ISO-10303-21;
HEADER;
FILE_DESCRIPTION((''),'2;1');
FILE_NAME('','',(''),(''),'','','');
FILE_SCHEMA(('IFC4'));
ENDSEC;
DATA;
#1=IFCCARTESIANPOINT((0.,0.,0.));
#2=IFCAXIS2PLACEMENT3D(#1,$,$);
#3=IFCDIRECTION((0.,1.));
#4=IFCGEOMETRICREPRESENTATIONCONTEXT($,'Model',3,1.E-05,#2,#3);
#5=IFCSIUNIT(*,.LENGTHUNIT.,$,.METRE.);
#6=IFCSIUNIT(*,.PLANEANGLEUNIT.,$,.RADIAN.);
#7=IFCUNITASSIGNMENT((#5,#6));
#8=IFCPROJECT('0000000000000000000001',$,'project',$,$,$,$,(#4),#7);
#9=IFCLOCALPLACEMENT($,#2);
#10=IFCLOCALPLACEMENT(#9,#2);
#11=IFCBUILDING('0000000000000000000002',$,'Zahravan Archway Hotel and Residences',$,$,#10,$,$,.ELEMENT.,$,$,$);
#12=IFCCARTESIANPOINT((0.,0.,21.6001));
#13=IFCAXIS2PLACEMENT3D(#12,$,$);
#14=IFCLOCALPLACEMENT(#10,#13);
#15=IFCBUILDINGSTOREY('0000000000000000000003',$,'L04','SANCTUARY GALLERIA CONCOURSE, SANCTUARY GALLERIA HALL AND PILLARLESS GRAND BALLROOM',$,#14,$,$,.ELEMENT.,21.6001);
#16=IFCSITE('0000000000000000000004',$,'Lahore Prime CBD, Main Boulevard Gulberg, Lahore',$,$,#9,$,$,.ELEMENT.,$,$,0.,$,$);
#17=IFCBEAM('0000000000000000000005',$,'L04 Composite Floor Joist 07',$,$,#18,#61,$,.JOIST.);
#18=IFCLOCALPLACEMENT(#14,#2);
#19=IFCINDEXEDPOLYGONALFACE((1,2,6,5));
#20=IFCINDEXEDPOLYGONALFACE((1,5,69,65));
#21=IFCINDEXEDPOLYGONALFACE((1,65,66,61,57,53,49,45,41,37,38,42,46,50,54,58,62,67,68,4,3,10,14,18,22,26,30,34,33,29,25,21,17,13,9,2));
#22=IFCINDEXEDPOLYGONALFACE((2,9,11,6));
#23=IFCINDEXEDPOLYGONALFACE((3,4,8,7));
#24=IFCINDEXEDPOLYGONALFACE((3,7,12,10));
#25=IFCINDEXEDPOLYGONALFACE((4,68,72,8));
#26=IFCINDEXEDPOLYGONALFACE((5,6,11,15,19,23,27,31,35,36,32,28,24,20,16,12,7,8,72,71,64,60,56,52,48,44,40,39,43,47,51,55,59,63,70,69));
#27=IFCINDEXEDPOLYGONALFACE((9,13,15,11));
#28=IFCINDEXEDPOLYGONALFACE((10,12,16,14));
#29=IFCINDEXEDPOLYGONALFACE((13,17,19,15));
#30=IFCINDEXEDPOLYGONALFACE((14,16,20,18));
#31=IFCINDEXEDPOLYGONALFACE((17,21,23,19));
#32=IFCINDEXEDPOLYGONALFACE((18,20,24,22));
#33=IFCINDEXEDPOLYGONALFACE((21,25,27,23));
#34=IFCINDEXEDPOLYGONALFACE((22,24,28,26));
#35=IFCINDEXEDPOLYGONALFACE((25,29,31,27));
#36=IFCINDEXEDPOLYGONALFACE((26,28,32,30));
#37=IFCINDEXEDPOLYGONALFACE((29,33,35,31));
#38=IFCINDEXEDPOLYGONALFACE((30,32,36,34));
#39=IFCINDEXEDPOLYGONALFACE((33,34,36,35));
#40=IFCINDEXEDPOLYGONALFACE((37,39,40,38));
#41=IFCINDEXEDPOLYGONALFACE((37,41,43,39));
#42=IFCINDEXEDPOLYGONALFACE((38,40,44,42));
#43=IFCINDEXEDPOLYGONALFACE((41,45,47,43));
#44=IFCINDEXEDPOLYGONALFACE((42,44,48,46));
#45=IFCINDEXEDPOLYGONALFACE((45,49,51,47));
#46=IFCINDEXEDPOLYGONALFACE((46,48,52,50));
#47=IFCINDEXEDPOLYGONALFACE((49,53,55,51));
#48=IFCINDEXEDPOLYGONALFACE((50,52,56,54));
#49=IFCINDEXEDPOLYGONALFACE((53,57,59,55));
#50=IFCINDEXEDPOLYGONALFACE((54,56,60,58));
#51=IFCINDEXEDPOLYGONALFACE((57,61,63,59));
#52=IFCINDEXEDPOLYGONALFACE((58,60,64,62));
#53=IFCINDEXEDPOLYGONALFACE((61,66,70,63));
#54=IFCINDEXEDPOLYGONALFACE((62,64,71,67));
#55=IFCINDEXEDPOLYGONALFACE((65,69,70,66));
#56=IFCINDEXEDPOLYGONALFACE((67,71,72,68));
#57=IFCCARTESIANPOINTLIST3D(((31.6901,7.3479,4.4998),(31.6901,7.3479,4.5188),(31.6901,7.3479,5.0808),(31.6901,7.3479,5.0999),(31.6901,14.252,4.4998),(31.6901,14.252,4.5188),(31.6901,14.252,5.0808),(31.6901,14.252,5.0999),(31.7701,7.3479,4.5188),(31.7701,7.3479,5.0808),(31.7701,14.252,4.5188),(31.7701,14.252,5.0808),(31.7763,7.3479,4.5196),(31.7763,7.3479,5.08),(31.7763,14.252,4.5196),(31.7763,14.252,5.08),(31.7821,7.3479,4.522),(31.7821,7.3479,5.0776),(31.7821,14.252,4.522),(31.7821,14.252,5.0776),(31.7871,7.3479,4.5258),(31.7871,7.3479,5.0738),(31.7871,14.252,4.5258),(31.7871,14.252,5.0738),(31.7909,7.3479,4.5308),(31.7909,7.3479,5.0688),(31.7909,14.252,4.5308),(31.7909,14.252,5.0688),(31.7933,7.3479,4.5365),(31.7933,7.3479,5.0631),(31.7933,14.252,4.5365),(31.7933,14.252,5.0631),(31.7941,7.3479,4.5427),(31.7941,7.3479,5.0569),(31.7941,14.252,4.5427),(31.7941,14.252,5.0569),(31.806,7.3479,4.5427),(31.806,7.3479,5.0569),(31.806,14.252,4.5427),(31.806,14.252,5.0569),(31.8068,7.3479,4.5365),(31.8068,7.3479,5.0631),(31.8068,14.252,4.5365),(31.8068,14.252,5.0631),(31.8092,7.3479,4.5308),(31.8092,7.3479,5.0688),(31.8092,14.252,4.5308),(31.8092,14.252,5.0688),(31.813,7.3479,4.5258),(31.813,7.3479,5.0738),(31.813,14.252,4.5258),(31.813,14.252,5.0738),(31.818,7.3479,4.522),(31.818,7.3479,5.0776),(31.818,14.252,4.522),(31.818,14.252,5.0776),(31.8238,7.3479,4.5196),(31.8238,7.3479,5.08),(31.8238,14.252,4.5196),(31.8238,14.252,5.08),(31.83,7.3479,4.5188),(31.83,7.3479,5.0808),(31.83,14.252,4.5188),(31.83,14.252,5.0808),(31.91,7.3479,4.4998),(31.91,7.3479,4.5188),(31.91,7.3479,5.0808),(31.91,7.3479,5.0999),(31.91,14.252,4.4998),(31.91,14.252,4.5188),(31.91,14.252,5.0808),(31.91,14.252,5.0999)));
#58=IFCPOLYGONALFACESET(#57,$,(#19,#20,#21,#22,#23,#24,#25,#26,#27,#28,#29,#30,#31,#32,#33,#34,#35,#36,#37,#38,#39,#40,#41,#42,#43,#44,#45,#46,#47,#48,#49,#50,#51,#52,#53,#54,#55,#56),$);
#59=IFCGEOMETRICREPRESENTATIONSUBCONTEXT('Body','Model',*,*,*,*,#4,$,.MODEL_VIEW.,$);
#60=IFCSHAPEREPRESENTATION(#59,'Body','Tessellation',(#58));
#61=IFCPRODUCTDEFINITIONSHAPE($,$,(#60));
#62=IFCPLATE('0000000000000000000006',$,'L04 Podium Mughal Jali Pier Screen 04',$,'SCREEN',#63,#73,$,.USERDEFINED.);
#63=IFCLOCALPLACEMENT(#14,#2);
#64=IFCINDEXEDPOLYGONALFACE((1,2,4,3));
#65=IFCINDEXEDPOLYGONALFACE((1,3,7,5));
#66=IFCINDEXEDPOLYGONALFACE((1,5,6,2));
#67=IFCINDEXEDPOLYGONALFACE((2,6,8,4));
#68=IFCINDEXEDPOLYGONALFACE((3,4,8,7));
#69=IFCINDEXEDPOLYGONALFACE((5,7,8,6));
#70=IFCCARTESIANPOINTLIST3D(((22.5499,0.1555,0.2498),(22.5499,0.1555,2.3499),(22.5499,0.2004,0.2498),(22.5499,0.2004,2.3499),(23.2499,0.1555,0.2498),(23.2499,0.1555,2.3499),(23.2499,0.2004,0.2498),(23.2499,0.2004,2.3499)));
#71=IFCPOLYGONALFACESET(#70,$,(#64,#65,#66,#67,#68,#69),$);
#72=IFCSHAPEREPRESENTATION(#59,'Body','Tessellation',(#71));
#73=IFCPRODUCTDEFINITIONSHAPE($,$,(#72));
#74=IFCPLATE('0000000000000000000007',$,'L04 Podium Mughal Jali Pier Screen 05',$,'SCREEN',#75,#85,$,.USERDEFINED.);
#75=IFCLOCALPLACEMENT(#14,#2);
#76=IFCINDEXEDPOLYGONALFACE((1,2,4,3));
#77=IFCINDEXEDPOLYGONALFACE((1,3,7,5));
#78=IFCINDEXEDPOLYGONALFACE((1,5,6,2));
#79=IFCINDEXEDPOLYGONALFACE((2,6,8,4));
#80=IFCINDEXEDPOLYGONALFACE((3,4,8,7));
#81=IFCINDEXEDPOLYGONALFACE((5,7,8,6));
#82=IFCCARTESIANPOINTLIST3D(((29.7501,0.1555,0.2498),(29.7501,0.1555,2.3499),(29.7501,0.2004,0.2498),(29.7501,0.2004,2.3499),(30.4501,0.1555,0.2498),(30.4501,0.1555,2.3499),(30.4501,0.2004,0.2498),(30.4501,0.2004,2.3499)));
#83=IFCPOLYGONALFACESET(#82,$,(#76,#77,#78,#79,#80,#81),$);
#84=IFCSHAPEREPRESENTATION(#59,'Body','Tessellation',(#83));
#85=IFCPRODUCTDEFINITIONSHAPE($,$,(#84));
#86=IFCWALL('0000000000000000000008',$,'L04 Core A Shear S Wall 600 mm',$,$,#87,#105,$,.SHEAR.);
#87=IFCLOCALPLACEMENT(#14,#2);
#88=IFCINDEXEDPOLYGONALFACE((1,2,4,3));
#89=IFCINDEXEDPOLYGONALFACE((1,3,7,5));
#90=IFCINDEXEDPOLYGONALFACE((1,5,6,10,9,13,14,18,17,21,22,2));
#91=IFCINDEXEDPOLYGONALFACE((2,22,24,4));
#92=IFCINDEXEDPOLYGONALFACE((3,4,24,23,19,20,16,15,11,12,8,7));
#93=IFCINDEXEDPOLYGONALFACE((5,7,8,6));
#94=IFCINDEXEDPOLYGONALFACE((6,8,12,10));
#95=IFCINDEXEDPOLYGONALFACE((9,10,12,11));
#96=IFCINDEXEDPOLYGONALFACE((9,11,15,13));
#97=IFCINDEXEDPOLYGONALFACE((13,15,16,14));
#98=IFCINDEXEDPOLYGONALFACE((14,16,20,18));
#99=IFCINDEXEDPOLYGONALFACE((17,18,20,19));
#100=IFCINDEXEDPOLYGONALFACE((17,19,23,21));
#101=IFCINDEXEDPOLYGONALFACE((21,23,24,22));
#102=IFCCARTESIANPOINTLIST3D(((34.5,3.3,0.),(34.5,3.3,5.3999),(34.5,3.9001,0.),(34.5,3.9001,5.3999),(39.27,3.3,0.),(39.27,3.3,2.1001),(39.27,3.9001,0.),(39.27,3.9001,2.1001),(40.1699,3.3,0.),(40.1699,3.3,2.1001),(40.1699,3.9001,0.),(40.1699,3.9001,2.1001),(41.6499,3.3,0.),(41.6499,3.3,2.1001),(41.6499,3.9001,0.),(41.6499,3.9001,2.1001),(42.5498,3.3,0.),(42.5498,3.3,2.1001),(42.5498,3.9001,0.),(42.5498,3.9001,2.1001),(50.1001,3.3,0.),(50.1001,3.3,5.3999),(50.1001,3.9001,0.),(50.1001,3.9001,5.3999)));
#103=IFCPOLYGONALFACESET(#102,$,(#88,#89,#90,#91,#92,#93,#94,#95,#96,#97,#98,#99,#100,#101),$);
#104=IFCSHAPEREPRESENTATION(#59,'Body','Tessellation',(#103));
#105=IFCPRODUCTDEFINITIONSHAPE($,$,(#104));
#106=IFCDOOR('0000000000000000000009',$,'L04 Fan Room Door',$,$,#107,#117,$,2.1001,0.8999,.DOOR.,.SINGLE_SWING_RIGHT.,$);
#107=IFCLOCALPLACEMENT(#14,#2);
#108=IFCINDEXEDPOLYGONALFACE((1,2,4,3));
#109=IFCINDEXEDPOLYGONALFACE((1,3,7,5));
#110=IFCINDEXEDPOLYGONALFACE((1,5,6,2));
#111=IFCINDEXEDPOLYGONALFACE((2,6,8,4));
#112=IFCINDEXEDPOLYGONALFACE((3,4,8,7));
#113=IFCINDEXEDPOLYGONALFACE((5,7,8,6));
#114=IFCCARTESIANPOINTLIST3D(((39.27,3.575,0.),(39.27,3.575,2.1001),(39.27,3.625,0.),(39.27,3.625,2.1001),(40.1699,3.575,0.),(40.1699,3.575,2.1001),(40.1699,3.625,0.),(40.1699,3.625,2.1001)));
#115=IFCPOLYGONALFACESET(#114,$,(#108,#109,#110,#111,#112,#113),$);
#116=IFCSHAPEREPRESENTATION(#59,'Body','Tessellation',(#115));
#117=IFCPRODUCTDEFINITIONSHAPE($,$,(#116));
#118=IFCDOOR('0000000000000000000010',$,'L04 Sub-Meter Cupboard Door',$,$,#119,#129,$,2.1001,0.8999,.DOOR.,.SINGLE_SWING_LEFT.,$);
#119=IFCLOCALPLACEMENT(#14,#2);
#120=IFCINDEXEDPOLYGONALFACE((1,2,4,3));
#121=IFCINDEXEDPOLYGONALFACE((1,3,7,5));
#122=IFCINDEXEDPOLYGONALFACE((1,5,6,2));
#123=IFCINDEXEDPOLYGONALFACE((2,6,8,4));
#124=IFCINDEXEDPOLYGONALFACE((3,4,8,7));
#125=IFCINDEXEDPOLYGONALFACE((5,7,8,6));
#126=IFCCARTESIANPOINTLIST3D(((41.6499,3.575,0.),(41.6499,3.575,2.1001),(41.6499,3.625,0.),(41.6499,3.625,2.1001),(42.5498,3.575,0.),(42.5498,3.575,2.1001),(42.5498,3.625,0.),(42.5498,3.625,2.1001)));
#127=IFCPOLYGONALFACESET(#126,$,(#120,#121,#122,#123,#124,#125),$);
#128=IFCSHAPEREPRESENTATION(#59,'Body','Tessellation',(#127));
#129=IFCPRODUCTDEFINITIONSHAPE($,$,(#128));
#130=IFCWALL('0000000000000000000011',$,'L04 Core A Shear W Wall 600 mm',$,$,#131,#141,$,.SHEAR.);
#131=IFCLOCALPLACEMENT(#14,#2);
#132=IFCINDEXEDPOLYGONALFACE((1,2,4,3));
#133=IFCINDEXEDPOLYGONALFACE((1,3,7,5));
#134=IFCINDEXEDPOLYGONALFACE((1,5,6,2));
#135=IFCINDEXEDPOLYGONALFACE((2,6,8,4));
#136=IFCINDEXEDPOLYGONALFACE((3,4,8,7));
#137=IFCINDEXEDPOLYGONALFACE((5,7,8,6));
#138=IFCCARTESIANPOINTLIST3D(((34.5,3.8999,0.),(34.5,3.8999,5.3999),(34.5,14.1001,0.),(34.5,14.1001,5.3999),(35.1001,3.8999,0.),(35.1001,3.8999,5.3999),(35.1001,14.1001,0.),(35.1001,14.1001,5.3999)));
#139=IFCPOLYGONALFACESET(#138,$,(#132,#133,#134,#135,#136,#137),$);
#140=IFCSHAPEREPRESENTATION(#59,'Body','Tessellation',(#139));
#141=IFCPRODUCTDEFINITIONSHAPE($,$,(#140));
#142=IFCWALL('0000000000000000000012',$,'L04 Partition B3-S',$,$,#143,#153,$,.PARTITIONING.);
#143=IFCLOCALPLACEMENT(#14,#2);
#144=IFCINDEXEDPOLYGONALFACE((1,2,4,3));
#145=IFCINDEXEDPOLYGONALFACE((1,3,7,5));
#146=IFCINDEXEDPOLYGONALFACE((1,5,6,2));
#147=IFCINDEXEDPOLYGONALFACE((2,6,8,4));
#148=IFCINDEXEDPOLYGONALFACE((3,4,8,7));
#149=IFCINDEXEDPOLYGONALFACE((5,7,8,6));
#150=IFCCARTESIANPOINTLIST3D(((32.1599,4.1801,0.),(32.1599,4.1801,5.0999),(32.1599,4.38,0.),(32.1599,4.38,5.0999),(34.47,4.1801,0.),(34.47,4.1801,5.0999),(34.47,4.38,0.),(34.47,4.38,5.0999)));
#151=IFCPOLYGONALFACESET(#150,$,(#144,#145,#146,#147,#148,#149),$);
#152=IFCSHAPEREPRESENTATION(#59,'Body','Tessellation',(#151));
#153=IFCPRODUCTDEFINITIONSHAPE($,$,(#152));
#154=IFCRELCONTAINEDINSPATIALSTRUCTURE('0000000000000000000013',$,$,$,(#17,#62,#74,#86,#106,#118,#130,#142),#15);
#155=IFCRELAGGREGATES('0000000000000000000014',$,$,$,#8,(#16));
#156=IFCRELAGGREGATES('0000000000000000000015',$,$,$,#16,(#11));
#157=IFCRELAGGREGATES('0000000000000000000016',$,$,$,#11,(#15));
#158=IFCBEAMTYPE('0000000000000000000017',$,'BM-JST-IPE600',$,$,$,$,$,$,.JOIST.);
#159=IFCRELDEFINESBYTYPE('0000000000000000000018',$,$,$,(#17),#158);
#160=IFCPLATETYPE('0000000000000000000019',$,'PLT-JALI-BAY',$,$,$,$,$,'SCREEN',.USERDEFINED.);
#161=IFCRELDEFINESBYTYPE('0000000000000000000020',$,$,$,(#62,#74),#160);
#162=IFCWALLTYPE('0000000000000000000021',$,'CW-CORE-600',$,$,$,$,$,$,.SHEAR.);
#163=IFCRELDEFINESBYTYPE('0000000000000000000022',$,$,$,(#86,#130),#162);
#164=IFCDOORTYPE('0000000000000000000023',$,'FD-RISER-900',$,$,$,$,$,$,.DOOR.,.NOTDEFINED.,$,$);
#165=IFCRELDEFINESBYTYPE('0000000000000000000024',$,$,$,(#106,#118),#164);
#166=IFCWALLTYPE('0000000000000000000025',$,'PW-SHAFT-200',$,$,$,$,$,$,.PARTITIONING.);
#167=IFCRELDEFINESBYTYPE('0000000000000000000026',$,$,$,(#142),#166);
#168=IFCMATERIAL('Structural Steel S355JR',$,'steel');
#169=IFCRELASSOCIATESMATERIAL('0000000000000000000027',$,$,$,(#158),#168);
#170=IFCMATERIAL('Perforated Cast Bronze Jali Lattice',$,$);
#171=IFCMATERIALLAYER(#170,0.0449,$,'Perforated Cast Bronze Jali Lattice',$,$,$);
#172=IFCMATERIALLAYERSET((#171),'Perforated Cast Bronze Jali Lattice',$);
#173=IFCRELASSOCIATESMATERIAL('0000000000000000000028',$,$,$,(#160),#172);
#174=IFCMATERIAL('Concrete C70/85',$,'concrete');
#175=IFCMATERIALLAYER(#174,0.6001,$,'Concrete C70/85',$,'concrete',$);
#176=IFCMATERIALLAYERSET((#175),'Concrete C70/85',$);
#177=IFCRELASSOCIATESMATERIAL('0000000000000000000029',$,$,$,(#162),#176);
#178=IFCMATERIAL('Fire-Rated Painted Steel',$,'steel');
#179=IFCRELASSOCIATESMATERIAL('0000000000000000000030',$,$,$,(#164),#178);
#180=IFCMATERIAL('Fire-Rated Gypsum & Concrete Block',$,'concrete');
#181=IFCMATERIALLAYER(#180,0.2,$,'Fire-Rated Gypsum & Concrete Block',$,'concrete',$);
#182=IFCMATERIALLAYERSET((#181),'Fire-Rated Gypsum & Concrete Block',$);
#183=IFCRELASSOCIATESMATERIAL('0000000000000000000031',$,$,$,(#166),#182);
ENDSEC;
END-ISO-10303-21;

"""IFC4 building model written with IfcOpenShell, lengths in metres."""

from ifc_helpers import new_model, si_unit, direction, frame, frame_2d, origin, origin_2d, place, context, subcontext, project, spatial, rectangle, i_section, extrude, source, transform, mapped, material, layer, layer_set, material_profile, profile_set, type_object, type_shapes, element, fill, save


model = new_model("IFC4")

# Units and contexts
model_context = context("Model", 3, precision=1e-05, world=origin(), true_north=direction((0.0, 1.0)))
body_context = subcontext(model_context, "Body", "Model", "MODEL_VIEW")
ifc_project = project(units=[si_unit("LENGTHUNIT", "METRE"), si_unit("PLANEANGLEUNIT", "RADIAN")], contexts=[model_context])

# Site, building, storey
site_placement = place(None, origin())
site = spatial("IfcSite", under=ifc_project, at=site_placement, Name="Lahore Prime CBD, Main Boulevard Gulberg, Lahore", CompositionType="ELEMENT", RefElevation=0.0)
building_placement = place(site_placement, origin())
building = spatial("IfcBuilding", under=site, at=building_placement, Name="Zahravan Archway Hotel and Residences", CompositionType="ELEMENT")
storey_placement = place(building_placement, frame((0.0, 0.0, 21.6001)))
storey = spatial("IfcBuildingStorey", under=building, at=storey_placement, Name="L04", Description="SANCTUARY GALLERIA CONCOURSE, SANCTUARY GALLERIA HALL AND PILLARLESS GRAND BALLROOM", CompositionType="ELEMENT", Elevation=21.6001)

# Shared definitions
ifc_material_1 = material(Name="Concrete C70/85", Category="concrete")

# Beam
ifc_material_2 = material(Name="Structural Steel S355JR", Category="steel")
ifc_material_profile_1 = material_profile(ifc_material_2, i_section(OverallWidth=0.22, OverallDepth=0.6001, WebThickness=0.012, FlangeThickness=0.019, FilletRadius=0.0239, at=origin_2d()), Name="IPE 600", Category="steel")
ifc_profile_set_1 = profile_set([ifc_material_profile_1], Name="Structural Steel S355JR")
beam_type_1 = type_object("IfcBeamType", Name="BM-JST-IPE600", PredefinedType="JOIST", material=ifc_profile_set_1)
shared_shape_1 = source(origin(), body_context, "Body", "SweptSolid", [
    extrude(i_section(OverallWidth=0.22, OverallDepth=0.6001, WebThickness=0.012, FlangeThickness=0.019, FilletRadius=0.0239, at=origin_2d()), origin(), (0.0, 0.0, 1.0), 6.9041),
])
type_shapes(beam_type_1, [shared_shape_1])
for number, where, z_axis, x_axis, name in (
    (1, (31.8, 7.3479, 4.7998), (0.0, 1.0, 0.0), (-1.0, 0.0, 0.0), "L04 Composite Floor Joist 07"),
):
    element("IfcBeam", number, at=place(storey_placement, frame(where, z_axis=z_axis, x_axis=x_axis)), inside=storey, type_object=beam_type_1, Name=name, PredefinedType="JOIST", context=body_context, shape_type="MappedRepresentation", body=[
        mapped(shared_shape_1, transform((0.0, 0.0, 0.0), scale=1.0)),
    ])

# Plates
ifc_material_3 = material(Name="Perforated Cast Bronze Jali Lattice")
ifc_layer_1 = layer(ifc_material_3, 0.0449, Name="Perforated Cast Bronze Jali Lattice")
ifc_layer_set_1 = layer_set([ifc_layer_1], Name="Perforated Cast Bronze Jali Lattice")
plate_type = type_object("IfcPlateType", Name="PLT-JALI-BAY", ElementType="SCREEN", PredefinedType="USERDEFINED", material=ifc_layer_set_1)
shared_shape_2 = source(origin(), body_context, "Body", "SweptSolid", [
    extrude(rectangle(XDim=0.7, YDim=0.0449, at=origin_2d()), origin(), (0.0, 0.0, 1.0), 2.1001),
])
type_shapes(plate_type, [shared_shape_2])
for number, where, z_axis, x_axis, name in (
    (2, (22.8999, 0.178, 0.2498), (0.0, 0.0, 1.0), (1.0, 0.0, 0.0), "L04 Podium Mughal Jali Pier Screen 04"),
    (3, (30.1001, 0.178, 0.2498), (0.0, 0.0, 1.0), (1.0, 0.0, 0.0), "L04 Podium Mughal Jali Pier Screen 05"),
):
    element("IfcPlate", number, at=place(storey_placement, frame(where, z_axis=z_axis, x_axis=x_axis)), inside=storey, type_object=plate_type, Name=name, ObjectType="SCREEN", PredefinedType="USERDEFINED", context=body_context, shape_type="MappedRepresentation", body=[
        mapped(shared_shape_2, transform((0.0, 0.0, 0.0), scale=1.0)),
    ])

# Wall, openings, doors
ifc_layer_2 = layer(ifc_material_1, 0.6001, Name="Concrete C70/85", Category="concrete")
ifc_layer_set_2 = layer_set([ifc_layer_2], Name="Concrete C70/85")
wall_type_1 = type_object("IfcWallType", Name="CW-CORE-600", PredefinedType="SHEAR", material=ifc_layer_set_2)
wall_1_placement = place(storey_placement, frame((34.5, 3.6001, 0.0), z_axis=(0.0, 0.0, 1.0), x_axis=(1.0, 0.0, 0.0)))
wall_1 = element("IfcWall", 4, at=wall_1_placement, inside=storey, type_object=wall_type_1, Name="L04 Core A Shear S Wall 600 mm", PredefinedType="SHEAR", context=body_context, shape_type="SweptSolid", body=[
    extrude(rectangle(XDim=15.6001, YDim=0.6001, at=frame_2d((7.8, 0.0))), origin(), (0.0, 0.0, 1.0), 5.3999),
])
opening_1_placement = place(wall_1_placement, frame((4.77, 0.0, 0.0)))
opening_1 = element("IfcOpeningElement", 5, at=opening_1_placement, cuts=wall_1, PredefinedType="OPENING", context=body_context, shape_type="SweptSolid", body=[
    extrude(rectangle(XDim=0.8999, YDim=2.1001, at=frame_2d((0.45, 1.05))), frame((0.0, 0.3101, 0.0), z_axis=(0.0, -1.0, 0.0), x_axis=(1.0, 0.0, 0.0)), (0.0, 0.0, 1.0), 0.6201),
])
opening_2_placement = place(wall_1_placement, frame((7.1499, 0.0, 0.0)))
opening_2 = element("IfcOpeningElement", 6, at=opening_2_placement, cuts=wall_1, PredefinedType="OPENING", context=body_context, shape_type="SweptSolid", body=[
    extrude(rectangle(XDim=0.8999, YDim=2.1001, at=frame_2d((0.45, 1.05))), frame((0.0, 0.3101, 0.0), z_axis=(0.0, -1.0, 0.0), x_axis=(1.0, 0.0, 0.0)), (0.0, 0.0, 1.0), 0.6201),
])
ifc_material_4 = material(Name="Fire-Rated Painted Steel", Category="steel")
door_type_1 = type_object("IfcDoorType", Name="FD-RISER-900", OperationType="NOTDEFINED", PredefinedType="DOOR", material=ifc_material_4)
shared_shape_3 = source(origin(), body_context, "Body", "SweptSolid", [
    extrude(rectangle(XDim=0.8999, YDim=2.1001, at=frame_2d((0.45, 1.05))), frame((0.0, 0.0249, 0.0), z_axis=(0.0, -1.0, 0.0), x_axis=(1.0, 0.0, 0.0)), (0.0, 0.0, 1.0), 0.05),
])
type_shapes(door_type_1, [shared_shape_3])
door_1_placement = place(opening_1_placement, origin())
door_1 = element("IfcDoor", 7, at=door_1_placement, inside=storey, type_object=door_type_1, Name="L04 Fan Room Door", OperationType="SINGLE_SWING_RIGHT", OverallHeight=2.1001, OverallWidth=0.8999, PredefinedType="DOOR", context=body_context, shape_type="MappedRepresentation", body=[
    mapped(shared_shape_3, transform((0.0, 0.0, 0.0), scale=1.0)),
])
fill(opening_1, door_1)
door_2_placement = place(opening_2_placement, origin())
door_2 = element("IfcDoor", 8, at=door_2_placement, inside=storey, type_object=door_type_1, Name="L04 Sub-Meter Cupboard Door", OperationType="SINGLE_SWING_LEFT", OverallHeight=2.1001, OverallWidth=0.8999, PredefinedType="DOOR", context=body_context, shape_type="MappedRepresentation", body=[
    mapped(shared_shape_3, transform((0.0, 0.0, 0.0), scale=1.0)),
])
fill(opening_2, door_2)

# Walls
wall_2_placement = place(storey_placement, frame((34.8, 3.8999, 0.0), z_axis=(0.0, 0.0, 1.0), x_axis=(0.0, 1.0, 0.0)))
element("IfcWall", 9, at=wall_2_placement, inside=storey, type_object=wall_type_1, Name="L04 Core A Shear W Wall 600 mm", PredefinedType="SHEAR", context=body_context, shape_type="SweptSolid", body=[
    extrude(rectangle(XDim=10.2002, YDim=0.6001, at=frame_2d((5.1001, 0.0))), origin(), (0.0, 0.0, 1.0), 5.3999),
])
ifc_material_5 = material(Name="Fire-Rated Gypsum & Concrete Block", Category="concrete")
ifc_layer_3 = layer(ifc_material_5, 0.2, Name="Fire-Rated Gypsum & Concrete Block", Category="concrete")
ifc_layer_set_3 = layer_set([ifc_layer_3], Name="Fire-Rated Gypsum & Concrete Block")
wall_type_2 = type_object("IfcWallType", Name="PW-SHAFT-200", PredefinedType="PARTITIONING", material=ifc_layer_set_3)
wall_3_placement = place(storey_placement, frame((32.1599, 4.28, 0.0), z_axis=(0.0, 0.0, 1.0), x_axis=(1.0, 0.0, 0.0)))
element("IfcWall", 10, at=wall_3_placement, inside=storey, type_object=wall_type_2, Name="L04 Partition B3-S", PredefinedType="PARTITIONING", context=body_context, shape_type="SweptSolid", body=[
    extrude(rectangle(XDim=2.3101, YDim=0.2, at=frame_2d((1.155, 0.0))), origin(), (0.0, 0.0, 1.0), 5.0999),
])

save(model, "model.ifc")
